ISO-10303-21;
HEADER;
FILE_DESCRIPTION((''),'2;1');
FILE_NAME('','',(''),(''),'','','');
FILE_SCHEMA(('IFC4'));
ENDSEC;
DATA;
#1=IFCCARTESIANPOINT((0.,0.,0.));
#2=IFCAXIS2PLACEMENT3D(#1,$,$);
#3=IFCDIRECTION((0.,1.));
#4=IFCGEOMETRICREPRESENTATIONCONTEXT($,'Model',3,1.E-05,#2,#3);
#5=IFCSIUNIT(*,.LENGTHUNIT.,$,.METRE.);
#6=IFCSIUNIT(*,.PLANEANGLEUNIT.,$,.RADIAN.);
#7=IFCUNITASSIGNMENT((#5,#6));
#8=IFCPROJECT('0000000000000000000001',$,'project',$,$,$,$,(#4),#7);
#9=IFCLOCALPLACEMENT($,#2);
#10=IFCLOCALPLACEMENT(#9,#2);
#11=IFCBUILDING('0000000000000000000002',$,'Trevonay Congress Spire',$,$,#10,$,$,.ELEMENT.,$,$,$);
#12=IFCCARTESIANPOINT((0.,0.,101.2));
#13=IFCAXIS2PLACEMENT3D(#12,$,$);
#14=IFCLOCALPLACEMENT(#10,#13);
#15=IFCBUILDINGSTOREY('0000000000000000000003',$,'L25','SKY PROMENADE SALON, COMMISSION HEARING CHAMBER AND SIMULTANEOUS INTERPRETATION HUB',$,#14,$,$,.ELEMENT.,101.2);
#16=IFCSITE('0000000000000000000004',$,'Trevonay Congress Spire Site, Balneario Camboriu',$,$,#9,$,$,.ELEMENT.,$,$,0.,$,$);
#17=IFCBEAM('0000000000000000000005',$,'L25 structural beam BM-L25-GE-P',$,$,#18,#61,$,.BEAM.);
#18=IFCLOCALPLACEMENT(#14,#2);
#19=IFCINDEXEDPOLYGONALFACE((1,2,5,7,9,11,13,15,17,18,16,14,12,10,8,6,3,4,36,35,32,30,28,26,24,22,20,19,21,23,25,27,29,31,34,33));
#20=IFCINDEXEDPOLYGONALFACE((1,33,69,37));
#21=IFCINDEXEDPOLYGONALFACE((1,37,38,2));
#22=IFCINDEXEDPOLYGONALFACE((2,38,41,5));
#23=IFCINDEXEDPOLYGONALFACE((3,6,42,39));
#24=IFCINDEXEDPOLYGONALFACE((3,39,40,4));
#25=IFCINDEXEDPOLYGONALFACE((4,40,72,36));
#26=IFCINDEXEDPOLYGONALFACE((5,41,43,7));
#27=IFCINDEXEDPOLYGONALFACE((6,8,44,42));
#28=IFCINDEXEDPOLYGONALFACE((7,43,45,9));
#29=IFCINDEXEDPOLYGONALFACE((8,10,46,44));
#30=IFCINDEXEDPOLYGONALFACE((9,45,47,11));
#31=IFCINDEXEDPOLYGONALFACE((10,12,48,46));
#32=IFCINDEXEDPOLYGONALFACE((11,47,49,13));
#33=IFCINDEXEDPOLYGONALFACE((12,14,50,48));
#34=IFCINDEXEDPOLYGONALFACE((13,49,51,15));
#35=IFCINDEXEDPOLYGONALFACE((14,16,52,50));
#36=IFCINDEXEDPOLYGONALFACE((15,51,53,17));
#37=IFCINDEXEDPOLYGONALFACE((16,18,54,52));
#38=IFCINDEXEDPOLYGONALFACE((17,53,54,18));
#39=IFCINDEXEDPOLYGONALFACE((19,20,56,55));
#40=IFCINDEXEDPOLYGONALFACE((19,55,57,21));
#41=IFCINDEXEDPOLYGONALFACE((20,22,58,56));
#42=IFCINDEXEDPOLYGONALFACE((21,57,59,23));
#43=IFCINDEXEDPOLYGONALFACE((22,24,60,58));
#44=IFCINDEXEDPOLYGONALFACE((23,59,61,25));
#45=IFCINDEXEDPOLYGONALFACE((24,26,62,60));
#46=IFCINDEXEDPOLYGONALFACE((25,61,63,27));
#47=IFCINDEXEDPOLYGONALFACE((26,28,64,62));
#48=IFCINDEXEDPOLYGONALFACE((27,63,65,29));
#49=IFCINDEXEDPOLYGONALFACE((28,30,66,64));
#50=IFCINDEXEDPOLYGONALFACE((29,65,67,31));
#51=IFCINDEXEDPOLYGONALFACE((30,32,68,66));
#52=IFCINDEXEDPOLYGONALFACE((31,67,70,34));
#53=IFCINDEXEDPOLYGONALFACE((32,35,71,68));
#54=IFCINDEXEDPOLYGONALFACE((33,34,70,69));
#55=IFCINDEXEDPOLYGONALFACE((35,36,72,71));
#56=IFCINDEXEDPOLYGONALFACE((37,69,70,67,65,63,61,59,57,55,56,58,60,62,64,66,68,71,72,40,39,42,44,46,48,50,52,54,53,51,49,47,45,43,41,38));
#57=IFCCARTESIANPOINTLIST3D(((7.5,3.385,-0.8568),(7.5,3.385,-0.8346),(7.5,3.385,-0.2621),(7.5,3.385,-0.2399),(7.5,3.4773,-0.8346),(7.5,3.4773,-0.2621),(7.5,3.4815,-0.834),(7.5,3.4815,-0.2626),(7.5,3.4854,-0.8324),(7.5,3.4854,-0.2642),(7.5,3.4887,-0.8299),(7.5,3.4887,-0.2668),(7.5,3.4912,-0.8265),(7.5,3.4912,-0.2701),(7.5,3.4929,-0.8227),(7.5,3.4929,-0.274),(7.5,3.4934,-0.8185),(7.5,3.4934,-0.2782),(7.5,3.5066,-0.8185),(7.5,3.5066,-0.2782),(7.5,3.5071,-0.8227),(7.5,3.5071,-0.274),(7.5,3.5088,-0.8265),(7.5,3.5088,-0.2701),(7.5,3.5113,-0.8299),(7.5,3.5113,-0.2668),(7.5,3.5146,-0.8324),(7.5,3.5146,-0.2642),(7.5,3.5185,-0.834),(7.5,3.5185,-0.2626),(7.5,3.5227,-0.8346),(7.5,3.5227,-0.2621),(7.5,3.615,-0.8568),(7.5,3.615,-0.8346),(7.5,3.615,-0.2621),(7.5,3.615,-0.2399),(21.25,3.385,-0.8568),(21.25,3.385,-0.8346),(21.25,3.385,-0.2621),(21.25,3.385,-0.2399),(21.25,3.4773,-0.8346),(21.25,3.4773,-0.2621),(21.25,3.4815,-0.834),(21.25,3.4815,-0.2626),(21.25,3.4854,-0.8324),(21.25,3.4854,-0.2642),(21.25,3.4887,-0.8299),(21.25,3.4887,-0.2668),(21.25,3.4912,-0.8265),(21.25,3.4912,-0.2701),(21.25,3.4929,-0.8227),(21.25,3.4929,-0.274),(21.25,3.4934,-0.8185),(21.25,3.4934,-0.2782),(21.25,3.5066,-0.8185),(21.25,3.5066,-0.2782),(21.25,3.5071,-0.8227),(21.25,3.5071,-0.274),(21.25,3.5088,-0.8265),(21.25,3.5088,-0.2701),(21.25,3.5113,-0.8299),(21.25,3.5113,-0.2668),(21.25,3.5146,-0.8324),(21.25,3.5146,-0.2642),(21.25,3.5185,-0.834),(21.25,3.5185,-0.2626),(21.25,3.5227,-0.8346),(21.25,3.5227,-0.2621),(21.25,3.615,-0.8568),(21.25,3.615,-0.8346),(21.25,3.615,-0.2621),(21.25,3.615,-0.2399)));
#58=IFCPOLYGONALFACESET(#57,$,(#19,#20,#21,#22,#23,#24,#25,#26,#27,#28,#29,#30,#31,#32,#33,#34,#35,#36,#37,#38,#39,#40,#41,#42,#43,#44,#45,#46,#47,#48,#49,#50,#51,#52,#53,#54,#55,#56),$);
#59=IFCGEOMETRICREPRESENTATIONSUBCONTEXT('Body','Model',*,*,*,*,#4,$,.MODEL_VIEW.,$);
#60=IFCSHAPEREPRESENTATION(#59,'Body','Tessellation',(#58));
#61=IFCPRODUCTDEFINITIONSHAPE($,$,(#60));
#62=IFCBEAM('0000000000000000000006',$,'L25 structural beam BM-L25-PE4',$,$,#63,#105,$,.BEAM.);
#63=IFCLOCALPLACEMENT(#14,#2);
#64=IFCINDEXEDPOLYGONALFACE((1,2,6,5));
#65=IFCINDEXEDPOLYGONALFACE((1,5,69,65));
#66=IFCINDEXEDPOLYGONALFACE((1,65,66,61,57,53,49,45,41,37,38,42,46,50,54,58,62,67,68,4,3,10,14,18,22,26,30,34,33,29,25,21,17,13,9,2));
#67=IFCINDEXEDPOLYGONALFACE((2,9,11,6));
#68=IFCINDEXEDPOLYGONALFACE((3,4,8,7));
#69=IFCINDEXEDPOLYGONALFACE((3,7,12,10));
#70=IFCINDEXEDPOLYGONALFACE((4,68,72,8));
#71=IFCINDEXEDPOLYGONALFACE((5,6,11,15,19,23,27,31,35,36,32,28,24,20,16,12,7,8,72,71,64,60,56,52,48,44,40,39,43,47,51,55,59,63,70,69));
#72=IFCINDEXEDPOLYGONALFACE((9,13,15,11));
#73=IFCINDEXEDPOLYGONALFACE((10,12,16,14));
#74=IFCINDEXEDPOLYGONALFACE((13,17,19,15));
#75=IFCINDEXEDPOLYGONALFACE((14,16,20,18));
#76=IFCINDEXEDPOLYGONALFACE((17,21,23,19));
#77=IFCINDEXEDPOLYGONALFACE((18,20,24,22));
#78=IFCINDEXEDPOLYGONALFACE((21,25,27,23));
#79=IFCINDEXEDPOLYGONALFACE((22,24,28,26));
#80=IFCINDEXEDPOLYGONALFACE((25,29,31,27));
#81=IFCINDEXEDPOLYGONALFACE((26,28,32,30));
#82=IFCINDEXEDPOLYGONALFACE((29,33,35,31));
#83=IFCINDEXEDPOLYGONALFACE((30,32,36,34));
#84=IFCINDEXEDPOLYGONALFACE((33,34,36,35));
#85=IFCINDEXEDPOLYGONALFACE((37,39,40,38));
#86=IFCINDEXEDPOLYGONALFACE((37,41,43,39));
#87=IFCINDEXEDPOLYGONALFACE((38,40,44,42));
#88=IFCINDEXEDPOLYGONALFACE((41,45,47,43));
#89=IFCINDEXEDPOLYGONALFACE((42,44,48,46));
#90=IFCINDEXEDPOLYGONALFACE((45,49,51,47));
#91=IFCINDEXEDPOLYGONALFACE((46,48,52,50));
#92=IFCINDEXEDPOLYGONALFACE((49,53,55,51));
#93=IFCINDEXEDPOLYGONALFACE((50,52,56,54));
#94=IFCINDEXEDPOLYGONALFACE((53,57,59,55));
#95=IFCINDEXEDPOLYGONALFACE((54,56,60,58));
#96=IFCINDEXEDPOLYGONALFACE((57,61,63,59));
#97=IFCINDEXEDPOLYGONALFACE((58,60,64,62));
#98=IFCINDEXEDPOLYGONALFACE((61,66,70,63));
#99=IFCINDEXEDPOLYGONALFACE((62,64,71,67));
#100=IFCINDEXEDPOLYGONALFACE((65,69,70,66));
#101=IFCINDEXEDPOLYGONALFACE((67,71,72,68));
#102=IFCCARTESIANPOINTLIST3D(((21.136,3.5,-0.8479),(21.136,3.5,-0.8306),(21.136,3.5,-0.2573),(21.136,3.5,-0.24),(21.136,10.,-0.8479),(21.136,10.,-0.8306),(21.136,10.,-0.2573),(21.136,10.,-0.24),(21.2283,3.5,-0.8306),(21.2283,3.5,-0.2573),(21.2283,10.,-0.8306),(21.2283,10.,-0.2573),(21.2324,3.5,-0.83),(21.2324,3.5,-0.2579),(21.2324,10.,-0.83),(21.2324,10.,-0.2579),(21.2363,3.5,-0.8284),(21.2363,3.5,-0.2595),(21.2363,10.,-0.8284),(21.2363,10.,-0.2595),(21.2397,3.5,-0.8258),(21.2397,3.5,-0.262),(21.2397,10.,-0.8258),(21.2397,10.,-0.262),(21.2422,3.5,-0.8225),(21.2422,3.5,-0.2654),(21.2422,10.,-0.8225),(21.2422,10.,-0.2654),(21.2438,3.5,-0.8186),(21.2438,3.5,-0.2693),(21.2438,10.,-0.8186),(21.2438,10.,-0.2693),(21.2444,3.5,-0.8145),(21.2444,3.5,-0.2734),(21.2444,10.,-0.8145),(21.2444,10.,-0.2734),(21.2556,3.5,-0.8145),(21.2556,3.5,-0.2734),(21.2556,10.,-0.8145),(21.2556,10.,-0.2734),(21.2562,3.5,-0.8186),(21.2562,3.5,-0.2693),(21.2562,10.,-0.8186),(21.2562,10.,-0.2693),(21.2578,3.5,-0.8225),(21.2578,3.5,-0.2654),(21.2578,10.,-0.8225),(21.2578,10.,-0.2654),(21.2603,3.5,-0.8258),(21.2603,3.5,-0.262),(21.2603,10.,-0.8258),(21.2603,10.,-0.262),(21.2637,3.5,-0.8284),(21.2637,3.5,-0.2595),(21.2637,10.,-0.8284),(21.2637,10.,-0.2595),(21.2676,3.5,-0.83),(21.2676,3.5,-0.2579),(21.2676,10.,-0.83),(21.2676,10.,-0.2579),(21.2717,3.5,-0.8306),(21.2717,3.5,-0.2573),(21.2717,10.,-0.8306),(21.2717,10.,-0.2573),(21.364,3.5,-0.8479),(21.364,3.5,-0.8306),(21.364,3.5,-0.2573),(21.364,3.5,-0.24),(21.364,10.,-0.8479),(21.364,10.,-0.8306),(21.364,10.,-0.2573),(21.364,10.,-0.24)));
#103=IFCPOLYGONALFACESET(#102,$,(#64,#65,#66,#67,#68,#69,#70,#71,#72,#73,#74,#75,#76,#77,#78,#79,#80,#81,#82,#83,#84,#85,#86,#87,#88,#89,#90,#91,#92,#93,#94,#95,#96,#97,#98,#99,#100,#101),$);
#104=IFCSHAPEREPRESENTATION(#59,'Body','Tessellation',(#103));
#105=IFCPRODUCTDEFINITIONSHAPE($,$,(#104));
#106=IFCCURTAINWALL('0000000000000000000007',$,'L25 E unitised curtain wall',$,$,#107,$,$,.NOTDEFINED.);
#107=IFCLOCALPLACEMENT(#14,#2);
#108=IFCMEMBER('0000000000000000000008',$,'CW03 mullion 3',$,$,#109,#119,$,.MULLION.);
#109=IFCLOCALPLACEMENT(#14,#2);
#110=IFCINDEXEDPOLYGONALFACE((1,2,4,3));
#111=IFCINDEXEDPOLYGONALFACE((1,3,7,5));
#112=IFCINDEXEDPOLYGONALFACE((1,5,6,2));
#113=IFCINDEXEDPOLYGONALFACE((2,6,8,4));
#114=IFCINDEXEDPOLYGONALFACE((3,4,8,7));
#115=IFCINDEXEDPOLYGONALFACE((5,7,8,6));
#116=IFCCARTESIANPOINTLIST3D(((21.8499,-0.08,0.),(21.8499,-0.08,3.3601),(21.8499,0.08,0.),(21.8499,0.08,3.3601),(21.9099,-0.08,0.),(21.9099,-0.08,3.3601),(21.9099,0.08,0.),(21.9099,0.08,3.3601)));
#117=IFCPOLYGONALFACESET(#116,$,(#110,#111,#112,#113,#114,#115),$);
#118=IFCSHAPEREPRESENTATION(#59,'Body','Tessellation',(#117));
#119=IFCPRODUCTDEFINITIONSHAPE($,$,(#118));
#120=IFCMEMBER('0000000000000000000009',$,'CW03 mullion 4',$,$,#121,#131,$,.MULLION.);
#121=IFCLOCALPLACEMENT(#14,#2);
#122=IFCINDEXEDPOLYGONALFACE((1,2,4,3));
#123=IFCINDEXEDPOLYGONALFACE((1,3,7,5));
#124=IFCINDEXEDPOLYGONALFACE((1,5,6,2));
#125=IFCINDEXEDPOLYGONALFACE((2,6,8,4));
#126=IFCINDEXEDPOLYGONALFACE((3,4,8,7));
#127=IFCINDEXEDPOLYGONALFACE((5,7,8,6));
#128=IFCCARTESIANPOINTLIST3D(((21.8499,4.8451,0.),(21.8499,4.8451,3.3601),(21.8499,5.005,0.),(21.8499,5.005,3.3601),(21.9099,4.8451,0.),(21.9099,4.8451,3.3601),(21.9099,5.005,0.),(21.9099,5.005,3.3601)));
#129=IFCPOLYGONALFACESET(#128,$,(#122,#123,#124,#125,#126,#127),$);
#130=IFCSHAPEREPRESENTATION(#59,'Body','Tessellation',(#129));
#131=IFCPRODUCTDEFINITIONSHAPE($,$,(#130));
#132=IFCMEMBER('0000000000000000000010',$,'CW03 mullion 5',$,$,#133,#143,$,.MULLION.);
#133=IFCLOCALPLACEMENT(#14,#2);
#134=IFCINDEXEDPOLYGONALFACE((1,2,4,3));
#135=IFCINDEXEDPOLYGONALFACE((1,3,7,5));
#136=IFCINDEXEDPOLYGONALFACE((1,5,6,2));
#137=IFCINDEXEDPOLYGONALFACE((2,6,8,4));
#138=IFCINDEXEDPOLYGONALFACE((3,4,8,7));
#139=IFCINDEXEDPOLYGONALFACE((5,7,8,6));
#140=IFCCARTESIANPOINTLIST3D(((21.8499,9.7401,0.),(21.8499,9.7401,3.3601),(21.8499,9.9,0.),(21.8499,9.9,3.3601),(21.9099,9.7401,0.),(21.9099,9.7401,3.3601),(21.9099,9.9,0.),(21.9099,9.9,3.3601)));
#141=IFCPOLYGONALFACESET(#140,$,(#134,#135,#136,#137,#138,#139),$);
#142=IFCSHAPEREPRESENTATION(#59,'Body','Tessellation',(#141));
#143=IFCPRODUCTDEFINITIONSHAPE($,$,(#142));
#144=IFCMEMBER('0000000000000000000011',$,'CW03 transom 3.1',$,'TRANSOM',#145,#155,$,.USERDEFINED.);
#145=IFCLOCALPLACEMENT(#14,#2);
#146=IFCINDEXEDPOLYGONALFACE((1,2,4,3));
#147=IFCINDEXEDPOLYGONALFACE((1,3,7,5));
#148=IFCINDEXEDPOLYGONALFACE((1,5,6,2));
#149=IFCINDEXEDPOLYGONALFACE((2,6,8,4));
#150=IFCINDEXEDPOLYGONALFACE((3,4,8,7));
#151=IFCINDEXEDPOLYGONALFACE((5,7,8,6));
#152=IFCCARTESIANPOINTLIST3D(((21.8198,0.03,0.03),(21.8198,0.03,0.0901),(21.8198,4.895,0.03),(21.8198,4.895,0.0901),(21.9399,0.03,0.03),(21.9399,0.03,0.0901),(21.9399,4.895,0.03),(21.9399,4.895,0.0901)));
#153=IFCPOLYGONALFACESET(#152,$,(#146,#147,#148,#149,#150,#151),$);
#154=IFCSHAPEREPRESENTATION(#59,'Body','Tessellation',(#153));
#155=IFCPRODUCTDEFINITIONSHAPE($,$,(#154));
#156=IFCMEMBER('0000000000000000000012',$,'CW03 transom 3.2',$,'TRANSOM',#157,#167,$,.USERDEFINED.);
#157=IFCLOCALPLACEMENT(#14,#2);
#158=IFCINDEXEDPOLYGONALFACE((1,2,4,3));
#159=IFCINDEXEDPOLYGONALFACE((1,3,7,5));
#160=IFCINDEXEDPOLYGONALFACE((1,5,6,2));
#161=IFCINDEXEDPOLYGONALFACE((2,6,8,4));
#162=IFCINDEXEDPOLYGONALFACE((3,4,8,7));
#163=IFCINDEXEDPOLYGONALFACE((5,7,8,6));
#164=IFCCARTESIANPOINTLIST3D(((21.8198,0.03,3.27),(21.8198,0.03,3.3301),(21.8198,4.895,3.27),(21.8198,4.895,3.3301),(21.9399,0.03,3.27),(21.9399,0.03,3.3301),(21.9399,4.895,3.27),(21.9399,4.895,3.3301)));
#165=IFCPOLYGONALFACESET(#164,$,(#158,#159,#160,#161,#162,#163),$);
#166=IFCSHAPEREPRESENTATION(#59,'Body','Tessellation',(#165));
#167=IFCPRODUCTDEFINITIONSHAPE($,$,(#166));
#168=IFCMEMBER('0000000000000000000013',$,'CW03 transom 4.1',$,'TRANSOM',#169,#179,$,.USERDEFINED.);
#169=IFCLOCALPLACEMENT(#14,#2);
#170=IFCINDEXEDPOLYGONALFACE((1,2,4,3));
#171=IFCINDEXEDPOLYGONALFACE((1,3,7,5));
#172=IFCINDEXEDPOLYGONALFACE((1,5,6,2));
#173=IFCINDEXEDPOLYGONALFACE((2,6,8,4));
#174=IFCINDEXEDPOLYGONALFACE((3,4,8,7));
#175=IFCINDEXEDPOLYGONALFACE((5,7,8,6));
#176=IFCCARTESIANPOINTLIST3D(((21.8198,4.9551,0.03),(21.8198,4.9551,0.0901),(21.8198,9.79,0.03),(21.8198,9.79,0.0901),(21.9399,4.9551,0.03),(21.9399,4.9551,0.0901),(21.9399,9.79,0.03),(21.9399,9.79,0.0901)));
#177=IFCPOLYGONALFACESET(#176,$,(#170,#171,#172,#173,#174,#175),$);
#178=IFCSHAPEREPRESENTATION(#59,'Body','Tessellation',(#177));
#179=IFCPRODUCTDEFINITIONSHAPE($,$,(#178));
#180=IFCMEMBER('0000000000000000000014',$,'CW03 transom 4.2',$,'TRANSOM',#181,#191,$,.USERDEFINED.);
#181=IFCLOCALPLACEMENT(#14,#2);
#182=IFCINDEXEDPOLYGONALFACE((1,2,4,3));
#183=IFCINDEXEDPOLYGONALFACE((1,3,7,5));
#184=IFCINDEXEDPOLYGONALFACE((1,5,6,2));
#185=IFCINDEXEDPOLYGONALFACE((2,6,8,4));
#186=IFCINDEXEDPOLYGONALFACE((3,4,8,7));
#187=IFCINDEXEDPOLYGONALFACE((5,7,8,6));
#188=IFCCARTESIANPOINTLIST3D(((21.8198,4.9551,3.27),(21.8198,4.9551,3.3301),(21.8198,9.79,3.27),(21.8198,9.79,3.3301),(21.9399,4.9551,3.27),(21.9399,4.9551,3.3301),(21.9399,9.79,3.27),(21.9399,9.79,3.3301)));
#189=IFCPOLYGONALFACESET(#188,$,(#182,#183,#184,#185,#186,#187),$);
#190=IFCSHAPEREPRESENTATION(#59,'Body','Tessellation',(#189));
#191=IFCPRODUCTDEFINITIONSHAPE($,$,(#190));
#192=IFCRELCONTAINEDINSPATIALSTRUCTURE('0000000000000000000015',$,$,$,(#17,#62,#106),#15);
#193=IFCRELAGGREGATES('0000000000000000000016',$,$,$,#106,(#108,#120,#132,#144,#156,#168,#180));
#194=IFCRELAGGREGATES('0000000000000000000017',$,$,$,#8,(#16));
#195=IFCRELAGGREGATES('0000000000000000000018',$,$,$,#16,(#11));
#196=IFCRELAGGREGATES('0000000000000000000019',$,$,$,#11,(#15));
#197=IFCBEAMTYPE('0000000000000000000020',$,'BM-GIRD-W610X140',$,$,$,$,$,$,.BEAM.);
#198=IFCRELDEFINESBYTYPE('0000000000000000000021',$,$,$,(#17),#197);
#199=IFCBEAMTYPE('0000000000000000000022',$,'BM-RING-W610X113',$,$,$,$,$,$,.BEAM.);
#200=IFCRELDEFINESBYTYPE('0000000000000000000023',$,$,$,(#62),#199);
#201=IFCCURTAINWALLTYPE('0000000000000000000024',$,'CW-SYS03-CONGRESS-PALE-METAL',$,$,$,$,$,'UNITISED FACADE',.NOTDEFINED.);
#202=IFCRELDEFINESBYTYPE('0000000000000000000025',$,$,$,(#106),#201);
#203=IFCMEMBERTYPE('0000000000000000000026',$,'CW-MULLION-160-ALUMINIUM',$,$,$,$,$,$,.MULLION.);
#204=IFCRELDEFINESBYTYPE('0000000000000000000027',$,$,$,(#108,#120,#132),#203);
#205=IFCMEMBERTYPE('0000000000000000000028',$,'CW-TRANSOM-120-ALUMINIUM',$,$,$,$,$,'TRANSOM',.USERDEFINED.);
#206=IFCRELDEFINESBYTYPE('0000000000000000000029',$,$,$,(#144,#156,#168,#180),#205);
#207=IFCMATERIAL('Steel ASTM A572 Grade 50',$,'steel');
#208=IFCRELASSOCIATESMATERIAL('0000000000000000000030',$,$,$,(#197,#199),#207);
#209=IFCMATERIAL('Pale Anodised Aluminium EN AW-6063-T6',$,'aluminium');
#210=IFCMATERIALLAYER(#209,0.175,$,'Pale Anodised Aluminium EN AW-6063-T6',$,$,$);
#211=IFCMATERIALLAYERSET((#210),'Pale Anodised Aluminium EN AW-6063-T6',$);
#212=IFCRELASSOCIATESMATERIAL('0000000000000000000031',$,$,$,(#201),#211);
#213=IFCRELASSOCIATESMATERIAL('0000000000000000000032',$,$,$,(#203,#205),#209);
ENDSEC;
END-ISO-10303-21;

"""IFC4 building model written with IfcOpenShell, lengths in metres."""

from ifc_helpers import new_model, si_unit, direction, frame, origin, origin_2d, place, context, subcontext, project, spatial, rectangle, i_section, extrude, material, layer, layer_set, material_profile, profile_set, type_object, element, aggregate, save


model = new_model("IFC4")

# Units and contexts
model_context = context("Model", 3, precision=1e-05, world=origin(), true_north=direction((0.0, 1.0)))
body_context = subcontext(model_context, "Body", "Model", "MODEL_VIEW")
ifc_project = project(units=[si_unit("LENGTHUNIT", "METRE"), si_unit("PLANEANGLEUNIT", "RADIAN")], contexts=[model_context])

# Site, building, storey
site_placement = place(None, origin())
site = spatial("IfcSite", under=ifc_project, at=site_placement, Name="Trevonay Congress Spire Site, Balneario Camboriu", CompositionType="ELEMENT", RefElevation=0.0)
building_placement = place(site_placement, origin())
building = spatial("IfcBuilding", under=site, at=building_placement, Name="Trevonay Congress Spire", CompositionType="ELEMENT")
storey_placement = place(building_placement, frame((0.0, 0.0, 101.2)))
storey = spatial("IfcBuildingStorey", under=building, at=storey_placement, Name="L25", Description="SKY PROMENADE SALON, COMMISSION HEARING CHAMBER AND SIMULTANEOUS INTERPRETATION HUB", CompositionType="ELEMENT", Elevation=101.2)

# Shared definitions
ifc_material_1 = material(Name="Steel ASTM A572 Grade 50", Category="steel")

# Beams
ifc_material_profile_1 = material_profile(ifc_material_1, i_section(OverallWidth=0.23, OverallDepth=0.6169, WebThickness=0.0132, FlangeThickness=0.0222, FilletRadius=0.0161, at=origin_2d()), Name="W610x140")
ifc_profile_set_1 = profile_set([ifc_material_profile_1], Name="Steel ASTM A572 Grade 50")
beam_type_1 = type_object("IfcBeamType", Name="BM-GIRD-W610X140", PredefinedType="BEAM", material=ifc_profile_set_1)
beam_1_placement = place(storey_placement, frame((7.5, 3.5, -0.5483), z_axis=(1.0, 0.0, 0.0), x_axis=(0.0, 1.0, 0.0)))
element("IfcBeam", 1, at=beam_1_placement, inside=storey, type_object=beam_type_1, Name="L25 structural beam BM-L25-GE-P", PredefinedType="BEAM", context=body_context, shape_type="SweptSolid", body=[
    extrude(i_section(OverallWidth=0.23, OverallDepth=0.6169, WebThickness=0.0132, FlangeThickness=0.0222, FilletRadius=0.0161, at=origin_2d()), origin(), (0.0, 0.0, 1.0), 13.75),
])
ifc_material_profile_2 = material_profile(ifc_material_1, i_section(OverallWidth=0.228, OverallDepth=0.6079, WebThickness=0.0112, FlangeThickness=0.0173, FilletRadius=0.0161, at=origin_2d()), Name="W610x113")
ifc_profile_set_2 = profile_set([ifc_material_profile_2], Name="Steel ASTM A572 Grade 50")
beam_type_2 = type_object("IfcBeamType", Name="BM-RING-W610X113", PredefinedType="BEAM", material=ifc_profile_set_2)
beam_2_placement = place(storey_placement, frame((21.25, 3.5, -0.5439), z_axis=(0.0, 1.0, 0.0), x_axis=(-1.0, 0.0, 0.0)))
element("IfcBeam", 2, at=beam_2_placement, inside=storey, type_object=beam_type_2, Name="L25 structural beam BM-L25-PE4", PredefinedType="BEAM", context=body_context, shape_type="SweptSolid", body=[
    extrude(i_section(OverallWidth=0.228, OverallDepth=0.6079, WebThickness=0.0112, FlangeThickness=0.0173, FilletRadius=0.0161, at=origin_2d()), origin(), (0.0, 0.0, 1.0), 6.5),
])

# Curtain wall, members
ifc_material_2 = material(Name="Pale Anodised Aluminium EN AW-6063-T6", Category="aluminium")
ifc_layer_1 = layer(ifc_material_2, 0.175, Name="Pale Anodised Aluminium EN AW-6063-T6")
ifc_layer_set_1 = layer_set([ifc_layer_1], Name="Pale Anodised Aluminium EN AW-6063-T6")
curtain_wall_type = type_object("IfcCurtainWallType", Name="CW-SYS03-CONGRESS-PALE-METAL", ElementType="UNITISED FACADE", PredefinedType="NOTDEFINED", material=ifc_layer_set_1)
curtain_wall_placement = place(storey_placement, origin())
curtain_wall = element("IfcCurtainWall", 3, at=curtain_wall_placement, inside=storey, type_object=curtain_wall_type, Name="L25 E unitised curtain wall", PredefinedType="NOTDEFINED")
ifc_material_profile_3 = material_profile(ifc_material_2, rectangle(XDim=0.0601, YDim=0.1599, at=origin_2d()), Name="CW-MULLION-160-ALUMINIUM")
ifc_profile_set_3 = profile_set([ifc_material_profile_3], Name="Pale Anodised Aluminium EN AW-6063-T6")
member_type_1 = type_object("IfcMemberType", Name="CW-MULLION-160-ALUMINIUM", PredefinedType="MULLION", material=ifc_profile_set_3)
member_1_placement = place(storey_placement, frame((21.8799, 0.0, 0.0), z_axis=(0.0, 0.0, 1.0), x_axis=(-1.0, 0.0, 0.0)))
member_1 = element("IfcMember", 4, at=member_1_placement, type_object=member_type_1, Name="CW03 mullion 3", PredefinedType="MULLION", context=body_context, shape_type="SweptSolid", body=[
    extrude(rectangle(XDim=0.0601, YDim=0.1599, at=origin_2d()), origin(), (0.0, 0.0, 1.0), 3.3601),
])
member_2_placement = place(storey_placement, frame((21.8799, 4.925, 0.0), z_axis=(0.0, 0.0, 1.0), x_axis=(-1.0, 0.0, 0.0)))
member_2 = element("IfcMember", 5, at=member_2_placement, type_object=member_type_1, Name="CW03 mullion 4", PredefinedType="MULLION", context=body_context, shape_type="SweptSolid", body=[
    extrude(rectangle(XDim=0.0601, YDim=0.1599, at=origin_2d()), origin(), (0.0, 0.0, 1.0), 3.3601),
])
member_3_placement = place(storey_placement, frame((21.8799, 9.8201, 0.0), z_axis=(0.0, 0.0, 1.0), x_axis=(-1.0, 0.0, 0.0)))
member_3 = element("IfcMember", 6, at=member_3_placement, type_object=member_type_1, Name="CW03 mullion 5", PredefinedType="MULLION", context=body_context, shape_type="SweptSolid", body=[
    extrude(rectangle(XDim=0.0601, YDim=0.1599, at=origin_2d()), origin(), (0.0, 0.0, 1.0), 3.3601),
])
ifc_material_profile_4 = material_profile(ifc_material_2, rectangle(XDim=0.1201, YDim=0.0601, at=origin_2d()), Name="CW-TRANSOM-120-ALUMINIUM")
ifc_profile_set_4 = profile_set([ifc_material_profile_4], Name="Pale Anodised Aluminium EN AW-6063-T6")
member_type_2 = type_object("IfcMemberType", Name="CW-TRANSOM-120-ALUMINIUM", ElementType="TRANSOM", PredefinedType="USERDEFINED", material=ifc_profile_set_4)
member_4_placement = place(storey_placement, frame((21.8799, 0.03, 0.0601), z_axis=(0.0, 1.0, 0.0), x_axis=(-1.0, 0.0, 0.0)))
member_4 = element("IfcMember", 7, at=member_4_placement, type_object=member_type_2, Name="CW03 transom 3.1", ObjectType="TRANSOM", PredefinedType="USERDEFINED", context=body_context, shape_type="SweptSolid", body=[
    extrude(rectangle(XDim=0.1201, YDim=0.0601, at=origin_2d()), origin(), (0.0, 0.0, 1.0), 4.865),
])
member_5_placement = place(storey_placement, frame((21.8799, 0.03, 3.3), z_axis=(0.0, 1.0, 0.0), x_axis=(-1.0, 0.0, 0.0)))
member_5 = element("IfcMember", 8, at=member_5_placement, type_object=member_type_2, Name="CW03 transom 3.2", ObjectType="TRANSOM", PredefinedType="USERDEFINED", context=body_context, shape_type="SweptSolid", body=[
    extrude(rectangle(XDim=0.1201, YDim=0.0601, at=origin_2d()), origin(), (0.0, 0.0, 1.0), 4.865),
])
member_6_placement = place(storey_placement, frame((21.8799, 4.9551, 0.0601), z_axis=(0.0, 1.0, 0.0), x_axis=(-1.0, 0.0, 0.0)))
member_6 = element("IfcMember", 9, at=member_6_placement, type_object=member_type_2, Name="CW03 transom 4.1", ObjectType="TRANSOM", PredefinedType="USERDEFINED", context=body_context, shape_type="SweptSolid", body=[
    extrude(rectangle(XDim=0.1201, YDim=0.0601, at=origin_2d()), origin(), (0.0, 0.0, 1.0), 4.835),
])
member_7_placement = place(storey_placement, frame((21.8799, 4.9551, 3.3), z_axis=(0.0, 1.0, 0.0), x_axis=(-1.0, 0.0, 0.0)))
member_7 = element("IfcMember", 10, at=member_7_placement, type_object=member_type_2, Name="CW03 transom 4.2", ObjectType="TRANSOM", PredefinedType="USERDEFINED", context=body_context, shape_type="SweptSolid", body=[
    extrude(rectangle(XDim=0.1201, YDim=0.0601, at=origin_2d()), origin(), (0.0, 0.0, 1.0), 4.835),
])
aggregate(curtain_wall, [member_1, member_2, member_3, member_4, member_5, member_6, member_7])

save(model, "model.ifc")
